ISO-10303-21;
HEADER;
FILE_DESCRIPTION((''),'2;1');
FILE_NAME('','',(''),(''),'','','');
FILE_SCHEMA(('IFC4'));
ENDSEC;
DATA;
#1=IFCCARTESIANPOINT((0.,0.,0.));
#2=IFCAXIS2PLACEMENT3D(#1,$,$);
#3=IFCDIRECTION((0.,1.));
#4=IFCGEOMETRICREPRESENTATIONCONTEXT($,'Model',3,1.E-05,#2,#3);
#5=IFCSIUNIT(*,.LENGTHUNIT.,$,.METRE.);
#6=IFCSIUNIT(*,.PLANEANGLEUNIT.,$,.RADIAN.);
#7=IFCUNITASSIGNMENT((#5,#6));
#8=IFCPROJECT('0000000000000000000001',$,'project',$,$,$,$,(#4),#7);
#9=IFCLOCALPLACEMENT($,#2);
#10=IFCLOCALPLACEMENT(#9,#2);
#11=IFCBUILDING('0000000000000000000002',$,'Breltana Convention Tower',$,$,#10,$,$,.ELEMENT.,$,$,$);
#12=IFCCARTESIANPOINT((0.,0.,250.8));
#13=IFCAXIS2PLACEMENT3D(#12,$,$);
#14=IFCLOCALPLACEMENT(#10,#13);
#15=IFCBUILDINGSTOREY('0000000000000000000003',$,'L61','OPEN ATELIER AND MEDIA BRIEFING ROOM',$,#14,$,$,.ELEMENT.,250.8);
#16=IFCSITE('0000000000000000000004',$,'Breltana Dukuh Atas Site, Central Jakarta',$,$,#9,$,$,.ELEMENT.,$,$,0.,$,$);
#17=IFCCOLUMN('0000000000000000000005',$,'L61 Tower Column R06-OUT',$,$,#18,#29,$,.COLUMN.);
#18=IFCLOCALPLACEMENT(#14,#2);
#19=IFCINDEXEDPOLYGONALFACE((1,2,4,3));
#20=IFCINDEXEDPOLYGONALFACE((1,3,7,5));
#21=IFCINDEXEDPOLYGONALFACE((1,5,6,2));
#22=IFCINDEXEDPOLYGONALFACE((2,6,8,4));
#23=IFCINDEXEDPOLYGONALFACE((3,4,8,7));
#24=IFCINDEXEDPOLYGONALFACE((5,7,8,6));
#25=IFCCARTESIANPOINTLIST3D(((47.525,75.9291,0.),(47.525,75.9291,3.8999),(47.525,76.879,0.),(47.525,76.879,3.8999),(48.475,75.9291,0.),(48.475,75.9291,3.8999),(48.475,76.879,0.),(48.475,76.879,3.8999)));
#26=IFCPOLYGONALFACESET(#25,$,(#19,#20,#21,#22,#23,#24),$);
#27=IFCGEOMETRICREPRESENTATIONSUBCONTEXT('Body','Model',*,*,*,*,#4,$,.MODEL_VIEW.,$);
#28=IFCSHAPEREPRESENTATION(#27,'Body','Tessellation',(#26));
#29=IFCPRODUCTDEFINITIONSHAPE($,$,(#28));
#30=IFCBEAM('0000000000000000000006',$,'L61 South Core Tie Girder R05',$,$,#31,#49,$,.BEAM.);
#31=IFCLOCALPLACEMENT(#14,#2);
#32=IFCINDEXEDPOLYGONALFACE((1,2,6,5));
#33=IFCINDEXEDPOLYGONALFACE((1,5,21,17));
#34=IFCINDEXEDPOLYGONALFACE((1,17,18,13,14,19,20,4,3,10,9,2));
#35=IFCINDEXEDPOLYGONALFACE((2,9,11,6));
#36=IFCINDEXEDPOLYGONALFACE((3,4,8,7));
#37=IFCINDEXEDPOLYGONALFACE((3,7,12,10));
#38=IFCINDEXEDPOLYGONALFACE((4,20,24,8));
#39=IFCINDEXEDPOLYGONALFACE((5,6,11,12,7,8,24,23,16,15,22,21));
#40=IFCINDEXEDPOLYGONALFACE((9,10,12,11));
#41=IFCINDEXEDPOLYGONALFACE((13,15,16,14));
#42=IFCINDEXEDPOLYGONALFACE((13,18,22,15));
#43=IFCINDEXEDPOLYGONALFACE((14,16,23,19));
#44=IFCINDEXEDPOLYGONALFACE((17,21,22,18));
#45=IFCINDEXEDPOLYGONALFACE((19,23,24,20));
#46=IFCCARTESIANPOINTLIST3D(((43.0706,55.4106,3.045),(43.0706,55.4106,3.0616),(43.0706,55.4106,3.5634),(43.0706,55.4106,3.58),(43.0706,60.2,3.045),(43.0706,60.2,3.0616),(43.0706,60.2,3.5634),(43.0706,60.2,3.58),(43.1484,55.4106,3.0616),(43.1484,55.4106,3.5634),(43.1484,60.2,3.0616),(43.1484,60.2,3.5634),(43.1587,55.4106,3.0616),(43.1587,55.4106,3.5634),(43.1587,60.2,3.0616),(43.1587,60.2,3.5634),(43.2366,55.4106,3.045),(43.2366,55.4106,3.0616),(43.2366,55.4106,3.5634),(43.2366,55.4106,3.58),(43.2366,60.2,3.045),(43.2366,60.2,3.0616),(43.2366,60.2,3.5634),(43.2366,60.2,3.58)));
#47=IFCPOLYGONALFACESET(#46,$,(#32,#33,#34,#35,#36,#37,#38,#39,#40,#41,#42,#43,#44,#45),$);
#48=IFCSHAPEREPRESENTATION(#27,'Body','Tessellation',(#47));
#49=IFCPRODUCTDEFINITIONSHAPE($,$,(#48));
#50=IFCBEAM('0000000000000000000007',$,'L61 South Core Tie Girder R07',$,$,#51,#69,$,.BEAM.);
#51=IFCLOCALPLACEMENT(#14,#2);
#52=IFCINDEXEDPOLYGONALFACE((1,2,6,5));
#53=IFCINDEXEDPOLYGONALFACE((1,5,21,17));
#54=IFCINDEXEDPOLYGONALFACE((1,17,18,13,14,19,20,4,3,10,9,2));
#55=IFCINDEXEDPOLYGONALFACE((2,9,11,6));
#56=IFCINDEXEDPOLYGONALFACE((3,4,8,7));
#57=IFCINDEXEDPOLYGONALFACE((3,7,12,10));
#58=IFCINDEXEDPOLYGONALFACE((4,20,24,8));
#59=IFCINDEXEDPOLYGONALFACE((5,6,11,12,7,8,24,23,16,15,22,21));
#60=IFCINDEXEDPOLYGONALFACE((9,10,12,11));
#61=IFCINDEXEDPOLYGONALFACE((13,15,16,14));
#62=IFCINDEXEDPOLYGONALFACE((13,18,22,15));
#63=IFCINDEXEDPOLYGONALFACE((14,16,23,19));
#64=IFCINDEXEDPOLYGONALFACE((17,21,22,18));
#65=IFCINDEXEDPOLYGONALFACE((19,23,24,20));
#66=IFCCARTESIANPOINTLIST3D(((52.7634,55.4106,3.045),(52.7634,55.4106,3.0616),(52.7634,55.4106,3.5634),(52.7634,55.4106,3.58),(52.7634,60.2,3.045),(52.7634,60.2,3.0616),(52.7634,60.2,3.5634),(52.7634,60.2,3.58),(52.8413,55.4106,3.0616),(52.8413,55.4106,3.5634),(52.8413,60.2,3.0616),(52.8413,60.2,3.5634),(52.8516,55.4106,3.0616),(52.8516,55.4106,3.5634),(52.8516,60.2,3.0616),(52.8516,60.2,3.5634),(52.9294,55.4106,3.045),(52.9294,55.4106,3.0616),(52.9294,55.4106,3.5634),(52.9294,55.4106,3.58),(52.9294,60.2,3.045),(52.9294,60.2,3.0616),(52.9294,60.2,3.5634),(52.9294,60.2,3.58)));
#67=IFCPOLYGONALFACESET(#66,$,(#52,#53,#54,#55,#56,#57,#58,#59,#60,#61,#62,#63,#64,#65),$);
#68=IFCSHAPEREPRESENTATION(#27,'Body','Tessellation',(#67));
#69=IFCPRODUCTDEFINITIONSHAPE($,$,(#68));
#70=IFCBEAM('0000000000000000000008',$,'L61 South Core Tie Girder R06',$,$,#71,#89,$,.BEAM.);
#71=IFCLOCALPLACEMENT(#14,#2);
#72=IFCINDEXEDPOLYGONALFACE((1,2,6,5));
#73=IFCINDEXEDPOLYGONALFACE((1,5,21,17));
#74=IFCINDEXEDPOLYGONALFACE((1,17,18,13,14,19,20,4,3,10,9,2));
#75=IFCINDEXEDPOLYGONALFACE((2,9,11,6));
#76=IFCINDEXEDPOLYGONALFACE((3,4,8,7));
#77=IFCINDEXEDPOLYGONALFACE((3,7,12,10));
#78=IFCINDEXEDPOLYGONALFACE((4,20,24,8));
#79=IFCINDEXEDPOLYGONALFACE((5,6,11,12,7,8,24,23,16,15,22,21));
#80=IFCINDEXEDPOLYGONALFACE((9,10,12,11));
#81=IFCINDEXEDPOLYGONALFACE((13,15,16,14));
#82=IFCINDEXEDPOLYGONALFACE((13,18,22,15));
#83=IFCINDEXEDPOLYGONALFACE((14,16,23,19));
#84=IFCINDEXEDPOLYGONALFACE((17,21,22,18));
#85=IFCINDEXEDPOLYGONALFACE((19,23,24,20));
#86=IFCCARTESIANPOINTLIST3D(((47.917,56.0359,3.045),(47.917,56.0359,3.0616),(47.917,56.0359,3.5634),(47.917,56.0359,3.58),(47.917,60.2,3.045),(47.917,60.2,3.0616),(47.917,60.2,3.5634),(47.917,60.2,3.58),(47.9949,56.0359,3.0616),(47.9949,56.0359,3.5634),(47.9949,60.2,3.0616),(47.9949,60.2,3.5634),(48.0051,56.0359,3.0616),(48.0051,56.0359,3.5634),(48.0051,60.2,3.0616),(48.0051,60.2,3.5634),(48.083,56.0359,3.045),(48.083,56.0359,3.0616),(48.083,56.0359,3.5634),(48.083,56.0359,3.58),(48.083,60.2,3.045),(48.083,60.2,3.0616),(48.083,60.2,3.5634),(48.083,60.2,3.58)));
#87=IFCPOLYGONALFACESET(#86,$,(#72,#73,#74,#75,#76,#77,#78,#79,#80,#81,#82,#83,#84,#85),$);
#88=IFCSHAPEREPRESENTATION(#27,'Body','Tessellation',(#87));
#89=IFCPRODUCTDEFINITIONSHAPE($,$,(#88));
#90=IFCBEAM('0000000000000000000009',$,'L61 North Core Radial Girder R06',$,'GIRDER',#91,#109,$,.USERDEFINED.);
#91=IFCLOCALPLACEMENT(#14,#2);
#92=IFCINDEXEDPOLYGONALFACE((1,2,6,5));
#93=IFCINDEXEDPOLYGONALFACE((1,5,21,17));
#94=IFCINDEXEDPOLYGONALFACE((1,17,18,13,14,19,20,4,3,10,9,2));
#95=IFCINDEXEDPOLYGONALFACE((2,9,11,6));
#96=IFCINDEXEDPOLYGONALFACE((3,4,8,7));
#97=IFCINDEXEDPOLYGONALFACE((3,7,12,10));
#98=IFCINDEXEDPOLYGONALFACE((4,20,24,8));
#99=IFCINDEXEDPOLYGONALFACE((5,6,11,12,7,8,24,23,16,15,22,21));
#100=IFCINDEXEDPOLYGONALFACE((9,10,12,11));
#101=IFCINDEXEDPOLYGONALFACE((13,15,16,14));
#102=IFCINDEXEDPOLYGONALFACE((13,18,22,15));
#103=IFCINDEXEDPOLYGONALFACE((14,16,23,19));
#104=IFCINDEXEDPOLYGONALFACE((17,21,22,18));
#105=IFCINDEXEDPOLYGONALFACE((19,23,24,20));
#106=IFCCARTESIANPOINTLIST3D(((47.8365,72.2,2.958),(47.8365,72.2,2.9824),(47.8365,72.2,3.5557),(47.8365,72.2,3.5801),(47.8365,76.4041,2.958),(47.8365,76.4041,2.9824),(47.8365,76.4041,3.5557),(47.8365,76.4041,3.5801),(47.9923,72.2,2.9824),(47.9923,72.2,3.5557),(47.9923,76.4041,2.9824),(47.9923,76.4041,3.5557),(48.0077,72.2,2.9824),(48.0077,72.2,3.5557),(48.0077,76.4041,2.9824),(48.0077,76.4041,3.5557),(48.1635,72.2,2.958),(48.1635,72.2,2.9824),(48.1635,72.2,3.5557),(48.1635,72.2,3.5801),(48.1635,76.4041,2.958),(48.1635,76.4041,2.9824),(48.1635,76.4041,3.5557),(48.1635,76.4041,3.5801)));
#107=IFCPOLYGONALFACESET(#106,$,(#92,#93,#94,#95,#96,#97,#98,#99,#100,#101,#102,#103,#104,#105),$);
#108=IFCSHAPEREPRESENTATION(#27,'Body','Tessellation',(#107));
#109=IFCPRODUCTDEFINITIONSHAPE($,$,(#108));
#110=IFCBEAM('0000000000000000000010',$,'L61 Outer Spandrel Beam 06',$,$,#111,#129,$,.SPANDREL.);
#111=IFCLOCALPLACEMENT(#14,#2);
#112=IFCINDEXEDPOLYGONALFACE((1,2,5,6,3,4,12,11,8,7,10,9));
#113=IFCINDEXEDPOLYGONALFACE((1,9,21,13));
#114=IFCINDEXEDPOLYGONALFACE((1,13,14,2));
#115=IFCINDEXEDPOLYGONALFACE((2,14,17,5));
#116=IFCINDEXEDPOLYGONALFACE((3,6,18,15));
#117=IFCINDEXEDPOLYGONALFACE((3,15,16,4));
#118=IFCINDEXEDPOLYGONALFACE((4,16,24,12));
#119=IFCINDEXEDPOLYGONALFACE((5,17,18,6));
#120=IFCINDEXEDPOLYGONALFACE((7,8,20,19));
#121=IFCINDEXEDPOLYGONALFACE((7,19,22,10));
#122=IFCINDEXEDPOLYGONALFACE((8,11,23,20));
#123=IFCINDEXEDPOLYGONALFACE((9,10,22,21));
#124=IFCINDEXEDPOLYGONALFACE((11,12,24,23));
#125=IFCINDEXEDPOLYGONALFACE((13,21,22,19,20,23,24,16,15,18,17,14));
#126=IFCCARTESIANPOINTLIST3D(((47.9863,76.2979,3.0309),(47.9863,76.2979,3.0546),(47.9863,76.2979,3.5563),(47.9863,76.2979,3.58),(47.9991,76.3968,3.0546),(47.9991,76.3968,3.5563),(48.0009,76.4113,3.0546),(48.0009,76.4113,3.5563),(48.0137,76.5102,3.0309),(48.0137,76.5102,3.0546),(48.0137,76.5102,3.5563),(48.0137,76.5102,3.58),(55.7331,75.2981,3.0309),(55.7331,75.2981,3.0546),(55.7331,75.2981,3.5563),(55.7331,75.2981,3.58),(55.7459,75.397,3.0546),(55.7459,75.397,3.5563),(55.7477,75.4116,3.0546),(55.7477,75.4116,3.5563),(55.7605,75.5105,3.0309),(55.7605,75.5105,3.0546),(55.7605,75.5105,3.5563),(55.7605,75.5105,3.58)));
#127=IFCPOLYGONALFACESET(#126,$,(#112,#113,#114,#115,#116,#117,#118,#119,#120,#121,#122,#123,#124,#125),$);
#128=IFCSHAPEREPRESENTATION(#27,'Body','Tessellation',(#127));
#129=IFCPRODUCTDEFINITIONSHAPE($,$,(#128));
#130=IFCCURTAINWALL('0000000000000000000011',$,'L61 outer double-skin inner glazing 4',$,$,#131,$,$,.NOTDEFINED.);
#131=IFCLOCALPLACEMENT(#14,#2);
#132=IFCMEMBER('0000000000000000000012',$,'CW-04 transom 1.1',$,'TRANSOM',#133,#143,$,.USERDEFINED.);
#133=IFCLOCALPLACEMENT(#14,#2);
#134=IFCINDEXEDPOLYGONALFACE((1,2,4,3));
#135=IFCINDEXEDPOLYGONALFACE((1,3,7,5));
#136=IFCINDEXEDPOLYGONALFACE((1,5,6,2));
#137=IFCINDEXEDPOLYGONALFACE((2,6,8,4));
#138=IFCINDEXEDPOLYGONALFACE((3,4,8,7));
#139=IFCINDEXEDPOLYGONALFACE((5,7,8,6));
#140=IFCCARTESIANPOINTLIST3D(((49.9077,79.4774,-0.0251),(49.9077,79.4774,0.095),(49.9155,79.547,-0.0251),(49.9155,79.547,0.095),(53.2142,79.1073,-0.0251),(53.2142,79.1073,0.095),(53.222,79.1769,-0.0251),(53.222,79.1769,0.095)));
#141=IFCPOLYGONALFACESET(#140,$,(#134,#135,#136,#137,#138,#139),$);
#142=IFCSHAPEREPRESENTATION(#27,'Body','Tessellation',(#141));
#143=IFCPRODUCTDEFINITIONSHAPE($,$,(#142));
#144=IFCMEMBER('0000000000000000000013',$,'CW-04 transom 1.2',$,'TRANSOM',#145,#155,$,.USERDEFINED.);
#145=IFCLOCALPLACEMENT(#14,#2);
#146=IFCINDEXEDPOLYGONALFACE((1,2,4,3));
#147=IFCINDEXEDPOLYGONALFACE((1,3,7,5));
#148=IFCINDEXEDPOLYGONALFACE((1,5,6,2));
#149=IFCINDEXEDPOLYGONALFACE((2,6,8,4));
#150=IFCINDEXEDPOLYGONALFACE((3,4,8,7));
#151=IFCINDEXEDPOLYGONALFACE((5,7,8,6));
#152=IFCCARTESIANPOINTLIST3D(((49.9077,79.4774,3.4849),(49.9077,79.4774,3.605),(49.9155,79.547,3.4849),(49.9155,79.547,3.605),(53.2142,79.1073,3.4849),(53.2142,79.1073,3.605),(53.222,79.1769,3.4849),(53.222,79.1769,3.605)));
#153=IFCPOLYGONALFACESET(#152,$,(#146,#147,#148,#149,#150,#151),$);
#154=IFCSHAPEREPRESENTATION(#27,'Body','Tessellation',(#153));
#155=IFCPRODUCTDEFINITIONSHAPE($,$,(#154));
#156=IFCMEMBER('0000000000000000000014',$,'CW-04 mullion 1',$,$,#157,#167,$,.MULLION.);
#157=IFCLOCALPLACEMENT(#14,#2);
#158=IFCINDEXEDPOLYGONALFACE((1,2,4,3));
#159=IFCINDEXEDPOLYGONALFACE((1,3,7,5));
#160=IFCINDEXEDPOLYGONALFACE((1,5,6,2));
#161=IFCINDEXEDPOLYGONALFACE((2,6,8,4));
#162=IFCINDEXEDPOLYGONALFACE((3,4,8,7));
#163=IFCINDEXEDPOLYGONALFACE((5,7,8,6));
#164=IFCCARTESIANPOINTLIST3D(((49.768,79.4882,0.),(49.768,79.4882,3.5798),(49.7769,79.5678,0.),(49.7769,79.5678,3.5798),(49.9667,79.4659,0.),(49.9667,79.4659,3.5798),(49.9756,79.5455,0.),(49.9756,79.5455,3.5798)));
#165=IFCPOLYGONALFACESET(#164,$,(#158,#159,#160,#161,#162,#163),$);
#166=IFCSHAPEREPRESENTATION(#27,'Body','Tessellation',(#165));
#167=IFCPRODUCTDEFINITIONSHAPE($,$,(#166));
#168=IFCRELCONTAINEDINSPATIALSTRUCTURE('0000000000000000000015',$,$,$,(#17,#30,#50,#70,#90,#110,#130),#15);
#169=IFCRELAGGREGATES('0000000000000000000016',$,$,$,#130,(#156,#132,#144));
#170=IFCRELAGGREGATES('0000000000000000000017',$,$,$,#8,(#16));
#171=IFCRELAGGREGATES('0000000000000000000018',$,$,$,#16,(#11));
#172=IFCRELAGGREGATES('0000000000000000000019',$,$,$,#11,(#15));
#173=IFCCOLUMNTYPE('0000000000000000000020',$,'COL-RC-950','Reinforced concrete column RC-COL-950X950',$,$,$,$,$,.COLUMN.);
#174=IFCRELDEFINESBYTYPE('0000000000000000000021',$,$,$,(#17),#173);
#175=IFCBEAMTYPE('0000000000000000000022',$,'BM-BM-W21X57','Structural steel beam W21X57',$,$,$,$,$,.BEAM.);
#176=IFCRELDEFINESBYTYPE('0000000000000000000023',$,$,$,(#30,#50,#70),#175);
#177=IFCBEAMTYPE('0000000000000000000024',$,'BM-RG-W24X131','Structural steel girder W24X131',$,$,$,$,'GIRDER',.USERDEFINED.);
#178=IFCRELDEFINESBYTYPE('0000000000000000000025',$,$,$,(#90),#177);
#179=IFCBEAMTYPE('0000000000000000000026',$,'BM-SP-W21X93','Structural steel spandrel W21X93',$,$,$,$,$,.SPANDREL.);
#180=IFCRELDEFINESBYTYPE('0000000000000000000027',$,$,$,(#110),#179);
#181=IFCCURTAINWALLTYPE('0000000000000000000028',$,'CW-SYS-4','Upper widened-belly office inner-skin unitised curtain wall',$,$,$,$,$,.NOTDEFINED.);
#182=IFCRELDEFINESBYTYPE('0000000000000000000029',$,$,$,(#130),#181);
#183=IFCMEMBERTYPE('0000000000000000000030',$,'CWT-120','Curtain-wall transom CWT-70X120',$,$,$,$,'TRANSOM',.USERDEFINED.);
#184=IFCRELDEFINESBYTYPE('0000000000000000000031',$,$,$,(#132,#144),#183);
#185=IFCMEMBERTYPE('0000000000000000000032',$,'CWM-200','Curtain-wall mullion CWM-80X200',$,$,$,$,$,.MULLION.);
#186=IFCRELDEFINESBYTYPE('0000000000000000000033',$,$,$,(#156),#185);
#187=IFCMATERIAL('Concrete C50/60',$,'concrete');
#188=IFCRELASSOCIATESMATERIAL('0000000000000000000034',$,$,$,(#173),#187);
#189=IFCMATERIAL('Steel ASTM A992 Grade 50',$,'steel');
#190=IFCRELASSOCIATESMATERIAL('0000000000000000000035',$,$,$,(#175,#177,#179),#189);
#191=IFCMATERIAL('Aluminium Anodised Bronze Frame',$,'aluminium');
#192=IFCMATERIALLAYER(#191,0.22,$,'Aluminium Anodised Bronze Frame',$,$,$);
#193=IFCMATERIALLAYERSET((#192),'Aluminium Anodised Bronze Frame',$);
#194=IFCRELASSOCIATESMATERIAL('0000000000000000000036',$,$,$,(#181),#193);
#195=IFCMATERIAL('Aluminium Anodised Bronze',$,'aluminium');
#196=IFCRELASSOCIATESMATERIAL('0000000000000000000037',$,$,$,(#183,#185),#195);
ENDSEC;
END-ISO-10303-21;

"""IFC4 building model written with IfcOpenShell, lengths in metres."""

from ifc_helpers import new_model, si_unit, direction, frame, origin, origin_2d, place, context, subcontext, project, spatial, rectangle, i_section, extrude, source, transform, mapped, material, layer, layer_set, material_profile, profile_set, type_object, element, aggregate, save


model = new_model("IFC4")

# Units and contexts
model_context = context("Model", 3, precision=1e-05, world=origin(), true_north=direction((0.0, 1.0)))
body_context = subcontext(model_context, "Body", "Model", "MODEL_VIEW")
ifc_project = project(units=[si_unit("LENGTHUNIT", "METRE"), si_unit("PLANEANGLEUNIT", "RADIAN")], contexts=[model_context])

# Site, building, storey
site_placement = place(None, origin())
site = spatial("IfcSite", under=ifc_project, at=site_placement, Name="Breltana Dukuh Atas Site, Central Jakarta", CompositionType="ELEMENT", RefElevation=0.0)
building_placement = place(site_placement, origin())
building = spatial("IfcBuilding", under=site, at=building_placement, Name="Breltana Convention Tower", CompositionType="ELEMENT")
storey_placement = place(building_placement, frame((0.0, 0.0, 250.8)))
storey = spatial("IfcBuildingStorey", under=building, at=storey_placement, Name="L61", Description="OPEN ATELIER AND MEDIA BRIEFING ROOM", CompositionType="ELEMENT", Elevation=250.8)

# Column
ifc_material_1 = material(Name="Concrete C50/60", Category="concrete")
ifc_material_profile_1 = material_profile(ifc_material_1, rectangle(XDim=0.95, YDim=0.95, at=origin_2d()), Name="RC-COL-950X950")
ifc_profile_set_1 = profile_set([ifc_material_profile_1], Name="Concrete C50/60")
column_type = type_object("IfcColumnType", Name="COL-RC-950", Description="Reinforced concrete column RC-COL-950X950", PredefinedType="COLUMN", material=ifc_profile_set_1)
shared_shape_1 = source(origin(), body_context, "Body", "SweptSolid", [
    extrude(rectangle(XDim=0.95, YDim=0.95, at=origin_2d()), origin(), (0.0, 0.0, 1.0), 3.8999),
])
column_placement = place(storey_placement, frame((48.0, 76.4041, 0.0), z_axis=(0.0, 0.0, 1.0), x_axis=(0.0, 1.0, 0.0)))
element("IfcColumn", 1, at=column_placement, inside=storey, type_object=column_type, Name="L61 Tower Column R06-OUT", PredefinedType="COLUMN", context=body_context, shape_type="MappedRepresentation", body=[
    mapped(shared_shape_1, transform((0.0, 0.0, 0.0), scale=1.0)),
])

# Beams
ifc_material_2 = material(Name="Steel ASTM A992 Grade 50", Category="steel")
ifc_material_profile_2 = material_profile(ifc_material_2, i_section(OverallWidth=0.166, OverallDepth=0.5349, WebThickness=0.0103, FlangeThickness=0.0166, at=origin_2d()), Name="W21X57")
ifc_profile_set_2 = profile_set([ifc_material_profile_2], Name="Steel ASTM A992 Grade 50")
beam_type_1 = type_object("IfcBeamType", Name="BM-BM-W21X57", Description="Structural steel beam W21X57", PredefinedType="BEAM", material=ifc_profile_set_2)
shared_shape_2 = source(origin(), body_context, "Body", "SweptSolid", [
    extrude(i_section(OverallWidth=0.166, OverallDepth=0.5349, WebThickness=0.0103, FlangeThickness=0.0166, at=origin_2d()), origin(), (0.0, 0.0, 1.0), 4.7893),
])
for number, where, z_axis, x_axis, name in (
    (2, (43.1536, 60.2, 3.3125), (0.0, -1.0, 0.0), (1.0, 0.0, 0.0), "L61 South Core Tie Girder R05"),
    (3, (52.8464, 60.2, 3.3125), (0.0, -1.0, 0.0), (1.0, 0.0, 0.0), "L61 South Core Tie Girder R07"),
):
    element("IfcBeam", number, at=place(storey_placement, frame(where, z_axis=z_axis, x_axis=x_axis)), inside=storey, type_object=beam_type_1, Name=name, PredefinedType="BEAM", context=body_context, shape_type="MappedRepresentation", body=[
        mapped(shared_shape_2, transform((0.0, 0.0, 0.0), scale=1.0)),
    ])
shared_shape_3 = source(origin(), body_context, "Body", "SweptSolid", [
    extrude(i_section(OverallWidth=0.166, OverallDepth=0.5349, WebThickness=0.0103, FlangeThickness=0.0166, at=origin_2d()), origin(), (0.0, 0.0, 1.0), 4.1641),
])
beam_1_placement = place(storey_placement, frame((48.0, 60.2, 3.3125), z_axis=(0.0, -1.0, 0.0), x_axis=(1.0, 0.0, 0.0)))
element("IfcBeam", 4, at=beam_1_placement, inside=storey, type_object=beam_type_1, Name="L61 South Core Tie Girder R06", PredefinedType="BEAM", context=body_context, shape_type="MappedRepresentation", body=[
    mapped(shared_shape_3, transform((0.0, 0.0, 0.0), scale=1.0)),
])
ifc_material_profile_3 = material_profile(ifc_material_2, i_section(OverallWidth=0.3269, OverallDepth=0.6221, WebThickness=0.0154, FlangeThickness=0.0244, at=origin_2d()), Name="W24X131")
ifc_profile_set_3 = profile_set([ifc_material_profile_3], Name="Steel ASTM A992 Grade 50")
beam_type_2 = type_object("IfcBeamType", Name="BM-RG-W24X131", Description="Structural steel girder W24X131", ElementType="GIRDER", PredefinedType="USERDEFINED", material=ifc_profile_set_3)
shared_shape_4 = source(origin(), body_context, "Body", "SweptSolid", [
    extrude(i_section(OverallWidth=0.3269, OverallDepth=0.6221, WebThickness=0.0154, FlangeThickness=0.0244, at=origin_2d()), origin(), (0.0, 0.0, 1.0), 4.2041),
])
beam_2_placement = place(storey_placement, frame((48.0, 72.2, 3.269), z_axis=(0.0, 1.0, 0.0), x_axis=(-1.0, 0.0, 0.0)))
element("IfcBeam", 5, at=beam_2_placement, inside=storey, type_object=beam_type_2, Name="L61 North Core Radial Girder R06", ObjectType="GIRDER", PredefinedType="USERDEFINED", context=body_context, shape_type="MappedRepresentation", body=[
    mapped(shared_shape_4, transform((0.0, 0.0, 0.0), scale=1.0)),
])
ifc_material_profile_4 = material_profile(ifc_material_2, i_section(OverallWidth=0.2141, OverallDepth=0.5491, WebThickness=0.0146, FlangeThickness=0.0237, at=origin_2d()), Name="W21X93")
ifc_profile_set_4 = profile_set([ifc_material_profile_4], Name="Steel ASTM A992 Grade 50")
beam_type_3 = type_object("IfcBeamType", Name="BM-SP-W21X93", Description="Structural steel spandrel W21X93", PredefinedType="SPANDREL", material=ifc_profile_set_4)
shared_shape_5 = source(origin(), body_context, "Body", "SweptSolid", [
    extrude(i_section(OverallWidth=0.2141, OverallDepth=0.5491, WebThickness=0.0146, FlangeThickness=0.0237, at=origin_2d()), origin(), (0.0, 0.0, 1.0), 7.811),
])
beam_3_placement = place(storey_placement, frame((48.0, 76.4041, 3.3054), z_axis=(0.991775, -0.127992, 0.0), x_axis=(0.127992, 0.991775, 0.0)))
element("IfcBeam", 6, at=beam_3_placement, inside=storey, type_object=beam_type_3, Name="L61 Outer Spandrel Beam 06", PredefinedType="SPANDREL", context=body_context, shape_type="MappedRepresentation", body=[
    mapped(shared_shape_5, transform((0.0, 0.0, 0.0), scale=1.0)),
])

# Curtain wall, members
ifc_material_3 = material(Name="Aluminium Anodised Bronze Frame", Category="aluminium")
ifc_layer_1 = layer(ifc_material_3, 0.22, Name="Aluminium Anodised Bronze Frame")
ifc_layer_set_1 = layer_set([ifc_layer_1], Name="Aluminium Anodised Bronze Frame")
curtain_wall_type = type_object("IfcCurtainWallType", Name="CW-SYS-4", Description="Upper widened-belly office inner-skin unitised curtain wall", PredefinedType="NOTDEFINED", material=ifc_layer_set_1)
curtain_wall_placement = place(storey_placement, origin())
curtain_wall = element("IfcCurtainWall", 7, at=curtain_wall_placement, inside=storey, type_object=curtain_wall_type, Name="L61 outer double-skin inner glazing 4", PredefinedType="NOTDEFINED")
ifc_material_4 = material(Name="Aluminium Anodised Bronze", Category="aluminium")
ifc_material_profile_5 = material_profile(ifc_material_4, rectangle(XDim=0.0701, YDim=0.1201, at=origin_2d()), Name="CWT-70X120")
ifc_profile_set_5 = profile_set([ifc_material_profile_5], Name="Aluminium Anodised Bronze")
member_type_1 = type_object("IfcMemberType", Name="CWT-120", Description="Curtain-wall transom CWT-70X120", ElementType="TRANSOM", PredefinedType="USERDEFINED", material=ifc_profile_set_5)
shared_shape_6 = source(origin(), body_context, "Body", "SweptSolid", [
    extrude(rectangle(XDim=0.0701, YDim=0.1201, at=origin_2d()), origin(), (0.0, 0.0, 1.0), 3.3271),
])
member_1_placement = place(storey_placement, frame((49.9116, 79.5122, 0.0349), z_axis=(0.993793, -0.111245, 0.0), x_axis=(0.111245, 0.993793, 0.0)))
member_1 = element("IfcMember", 8, at=member_1_placement, type_object=member_type_1, Name="CW-04 transom 1.1", ObjectType="TRANSOM", PredefinedType="USERDEFINED", context=body_context, shape_type="MappedRepresentation", body=[
    mapped(shared_shape_6, transform((0.0, 0.0, 0.0), scale=1.0)),
])
member_2_placement = place(storey_placement, frame((49.9116, 79.5122, 3.5449), z_axis=(0.993793, -0.111245, 0.0), x_axis=(0.111245, 0.993793, 0.0)))
member_2 = element("IfcMember", 9, at=member_2_placement, type_object=member_type_1, Name="CW-04 transom 1.2", ObjectType="TRANSOM", PredefinedType="USERDEFINED", context=body_context, shape_type="MappedRepresentation", body=[
    mapped(shared_shape_6, transform((0.0, 0.0, 0.0), scale=1.0)),
])
ifc_material_profile_6 = material_profile(ifc_material_4, rectangle(XDim=0.0801, YDim=0.2, at=origin_2d()), Name="CWM-80X200")
ifc_profile_set_6 = profile_set([ifc_material_profile_6], Name="Aluminium Anodised Bronze")
member_type_2 = type_object("IfcMemberType", Name="CWM-200", Description="Curtain-wall mullion CWM-80X200", PredefinedType="MULLION", material=ifc_profile_set_6)
shared_shape_7 = source(origin(), body_context, "Body", "SweptSolid", [
    extrude(rectangle(XDim=0.0801, YDim=0.2, at=origin_2d()), origin(), (0.0, 0.0, 1.0), 3.5798),
])
member_3_placement = place(storey_placement, frame((49.8718, 79.5168, 0.0), z_axis=(0.0, 0.0, 1.0), x_axis=(0.111237, 0.993794, 0.0)))
member_3 = element("IfcMember", 10, at=member_3_placement, type_object=member_type_2, Name="CW-04 mullion 1", PredefinedType="MULLION", context=body_context, shape_type="MappedRepresentation", body=[
    mapped(shared_shape_7, transform((0.0, 0.0, 0.0), scale=1.0)),
])
aggregate(curtain_wall, [member_3, member_1, member_2])

save(model, "model.ifc")
